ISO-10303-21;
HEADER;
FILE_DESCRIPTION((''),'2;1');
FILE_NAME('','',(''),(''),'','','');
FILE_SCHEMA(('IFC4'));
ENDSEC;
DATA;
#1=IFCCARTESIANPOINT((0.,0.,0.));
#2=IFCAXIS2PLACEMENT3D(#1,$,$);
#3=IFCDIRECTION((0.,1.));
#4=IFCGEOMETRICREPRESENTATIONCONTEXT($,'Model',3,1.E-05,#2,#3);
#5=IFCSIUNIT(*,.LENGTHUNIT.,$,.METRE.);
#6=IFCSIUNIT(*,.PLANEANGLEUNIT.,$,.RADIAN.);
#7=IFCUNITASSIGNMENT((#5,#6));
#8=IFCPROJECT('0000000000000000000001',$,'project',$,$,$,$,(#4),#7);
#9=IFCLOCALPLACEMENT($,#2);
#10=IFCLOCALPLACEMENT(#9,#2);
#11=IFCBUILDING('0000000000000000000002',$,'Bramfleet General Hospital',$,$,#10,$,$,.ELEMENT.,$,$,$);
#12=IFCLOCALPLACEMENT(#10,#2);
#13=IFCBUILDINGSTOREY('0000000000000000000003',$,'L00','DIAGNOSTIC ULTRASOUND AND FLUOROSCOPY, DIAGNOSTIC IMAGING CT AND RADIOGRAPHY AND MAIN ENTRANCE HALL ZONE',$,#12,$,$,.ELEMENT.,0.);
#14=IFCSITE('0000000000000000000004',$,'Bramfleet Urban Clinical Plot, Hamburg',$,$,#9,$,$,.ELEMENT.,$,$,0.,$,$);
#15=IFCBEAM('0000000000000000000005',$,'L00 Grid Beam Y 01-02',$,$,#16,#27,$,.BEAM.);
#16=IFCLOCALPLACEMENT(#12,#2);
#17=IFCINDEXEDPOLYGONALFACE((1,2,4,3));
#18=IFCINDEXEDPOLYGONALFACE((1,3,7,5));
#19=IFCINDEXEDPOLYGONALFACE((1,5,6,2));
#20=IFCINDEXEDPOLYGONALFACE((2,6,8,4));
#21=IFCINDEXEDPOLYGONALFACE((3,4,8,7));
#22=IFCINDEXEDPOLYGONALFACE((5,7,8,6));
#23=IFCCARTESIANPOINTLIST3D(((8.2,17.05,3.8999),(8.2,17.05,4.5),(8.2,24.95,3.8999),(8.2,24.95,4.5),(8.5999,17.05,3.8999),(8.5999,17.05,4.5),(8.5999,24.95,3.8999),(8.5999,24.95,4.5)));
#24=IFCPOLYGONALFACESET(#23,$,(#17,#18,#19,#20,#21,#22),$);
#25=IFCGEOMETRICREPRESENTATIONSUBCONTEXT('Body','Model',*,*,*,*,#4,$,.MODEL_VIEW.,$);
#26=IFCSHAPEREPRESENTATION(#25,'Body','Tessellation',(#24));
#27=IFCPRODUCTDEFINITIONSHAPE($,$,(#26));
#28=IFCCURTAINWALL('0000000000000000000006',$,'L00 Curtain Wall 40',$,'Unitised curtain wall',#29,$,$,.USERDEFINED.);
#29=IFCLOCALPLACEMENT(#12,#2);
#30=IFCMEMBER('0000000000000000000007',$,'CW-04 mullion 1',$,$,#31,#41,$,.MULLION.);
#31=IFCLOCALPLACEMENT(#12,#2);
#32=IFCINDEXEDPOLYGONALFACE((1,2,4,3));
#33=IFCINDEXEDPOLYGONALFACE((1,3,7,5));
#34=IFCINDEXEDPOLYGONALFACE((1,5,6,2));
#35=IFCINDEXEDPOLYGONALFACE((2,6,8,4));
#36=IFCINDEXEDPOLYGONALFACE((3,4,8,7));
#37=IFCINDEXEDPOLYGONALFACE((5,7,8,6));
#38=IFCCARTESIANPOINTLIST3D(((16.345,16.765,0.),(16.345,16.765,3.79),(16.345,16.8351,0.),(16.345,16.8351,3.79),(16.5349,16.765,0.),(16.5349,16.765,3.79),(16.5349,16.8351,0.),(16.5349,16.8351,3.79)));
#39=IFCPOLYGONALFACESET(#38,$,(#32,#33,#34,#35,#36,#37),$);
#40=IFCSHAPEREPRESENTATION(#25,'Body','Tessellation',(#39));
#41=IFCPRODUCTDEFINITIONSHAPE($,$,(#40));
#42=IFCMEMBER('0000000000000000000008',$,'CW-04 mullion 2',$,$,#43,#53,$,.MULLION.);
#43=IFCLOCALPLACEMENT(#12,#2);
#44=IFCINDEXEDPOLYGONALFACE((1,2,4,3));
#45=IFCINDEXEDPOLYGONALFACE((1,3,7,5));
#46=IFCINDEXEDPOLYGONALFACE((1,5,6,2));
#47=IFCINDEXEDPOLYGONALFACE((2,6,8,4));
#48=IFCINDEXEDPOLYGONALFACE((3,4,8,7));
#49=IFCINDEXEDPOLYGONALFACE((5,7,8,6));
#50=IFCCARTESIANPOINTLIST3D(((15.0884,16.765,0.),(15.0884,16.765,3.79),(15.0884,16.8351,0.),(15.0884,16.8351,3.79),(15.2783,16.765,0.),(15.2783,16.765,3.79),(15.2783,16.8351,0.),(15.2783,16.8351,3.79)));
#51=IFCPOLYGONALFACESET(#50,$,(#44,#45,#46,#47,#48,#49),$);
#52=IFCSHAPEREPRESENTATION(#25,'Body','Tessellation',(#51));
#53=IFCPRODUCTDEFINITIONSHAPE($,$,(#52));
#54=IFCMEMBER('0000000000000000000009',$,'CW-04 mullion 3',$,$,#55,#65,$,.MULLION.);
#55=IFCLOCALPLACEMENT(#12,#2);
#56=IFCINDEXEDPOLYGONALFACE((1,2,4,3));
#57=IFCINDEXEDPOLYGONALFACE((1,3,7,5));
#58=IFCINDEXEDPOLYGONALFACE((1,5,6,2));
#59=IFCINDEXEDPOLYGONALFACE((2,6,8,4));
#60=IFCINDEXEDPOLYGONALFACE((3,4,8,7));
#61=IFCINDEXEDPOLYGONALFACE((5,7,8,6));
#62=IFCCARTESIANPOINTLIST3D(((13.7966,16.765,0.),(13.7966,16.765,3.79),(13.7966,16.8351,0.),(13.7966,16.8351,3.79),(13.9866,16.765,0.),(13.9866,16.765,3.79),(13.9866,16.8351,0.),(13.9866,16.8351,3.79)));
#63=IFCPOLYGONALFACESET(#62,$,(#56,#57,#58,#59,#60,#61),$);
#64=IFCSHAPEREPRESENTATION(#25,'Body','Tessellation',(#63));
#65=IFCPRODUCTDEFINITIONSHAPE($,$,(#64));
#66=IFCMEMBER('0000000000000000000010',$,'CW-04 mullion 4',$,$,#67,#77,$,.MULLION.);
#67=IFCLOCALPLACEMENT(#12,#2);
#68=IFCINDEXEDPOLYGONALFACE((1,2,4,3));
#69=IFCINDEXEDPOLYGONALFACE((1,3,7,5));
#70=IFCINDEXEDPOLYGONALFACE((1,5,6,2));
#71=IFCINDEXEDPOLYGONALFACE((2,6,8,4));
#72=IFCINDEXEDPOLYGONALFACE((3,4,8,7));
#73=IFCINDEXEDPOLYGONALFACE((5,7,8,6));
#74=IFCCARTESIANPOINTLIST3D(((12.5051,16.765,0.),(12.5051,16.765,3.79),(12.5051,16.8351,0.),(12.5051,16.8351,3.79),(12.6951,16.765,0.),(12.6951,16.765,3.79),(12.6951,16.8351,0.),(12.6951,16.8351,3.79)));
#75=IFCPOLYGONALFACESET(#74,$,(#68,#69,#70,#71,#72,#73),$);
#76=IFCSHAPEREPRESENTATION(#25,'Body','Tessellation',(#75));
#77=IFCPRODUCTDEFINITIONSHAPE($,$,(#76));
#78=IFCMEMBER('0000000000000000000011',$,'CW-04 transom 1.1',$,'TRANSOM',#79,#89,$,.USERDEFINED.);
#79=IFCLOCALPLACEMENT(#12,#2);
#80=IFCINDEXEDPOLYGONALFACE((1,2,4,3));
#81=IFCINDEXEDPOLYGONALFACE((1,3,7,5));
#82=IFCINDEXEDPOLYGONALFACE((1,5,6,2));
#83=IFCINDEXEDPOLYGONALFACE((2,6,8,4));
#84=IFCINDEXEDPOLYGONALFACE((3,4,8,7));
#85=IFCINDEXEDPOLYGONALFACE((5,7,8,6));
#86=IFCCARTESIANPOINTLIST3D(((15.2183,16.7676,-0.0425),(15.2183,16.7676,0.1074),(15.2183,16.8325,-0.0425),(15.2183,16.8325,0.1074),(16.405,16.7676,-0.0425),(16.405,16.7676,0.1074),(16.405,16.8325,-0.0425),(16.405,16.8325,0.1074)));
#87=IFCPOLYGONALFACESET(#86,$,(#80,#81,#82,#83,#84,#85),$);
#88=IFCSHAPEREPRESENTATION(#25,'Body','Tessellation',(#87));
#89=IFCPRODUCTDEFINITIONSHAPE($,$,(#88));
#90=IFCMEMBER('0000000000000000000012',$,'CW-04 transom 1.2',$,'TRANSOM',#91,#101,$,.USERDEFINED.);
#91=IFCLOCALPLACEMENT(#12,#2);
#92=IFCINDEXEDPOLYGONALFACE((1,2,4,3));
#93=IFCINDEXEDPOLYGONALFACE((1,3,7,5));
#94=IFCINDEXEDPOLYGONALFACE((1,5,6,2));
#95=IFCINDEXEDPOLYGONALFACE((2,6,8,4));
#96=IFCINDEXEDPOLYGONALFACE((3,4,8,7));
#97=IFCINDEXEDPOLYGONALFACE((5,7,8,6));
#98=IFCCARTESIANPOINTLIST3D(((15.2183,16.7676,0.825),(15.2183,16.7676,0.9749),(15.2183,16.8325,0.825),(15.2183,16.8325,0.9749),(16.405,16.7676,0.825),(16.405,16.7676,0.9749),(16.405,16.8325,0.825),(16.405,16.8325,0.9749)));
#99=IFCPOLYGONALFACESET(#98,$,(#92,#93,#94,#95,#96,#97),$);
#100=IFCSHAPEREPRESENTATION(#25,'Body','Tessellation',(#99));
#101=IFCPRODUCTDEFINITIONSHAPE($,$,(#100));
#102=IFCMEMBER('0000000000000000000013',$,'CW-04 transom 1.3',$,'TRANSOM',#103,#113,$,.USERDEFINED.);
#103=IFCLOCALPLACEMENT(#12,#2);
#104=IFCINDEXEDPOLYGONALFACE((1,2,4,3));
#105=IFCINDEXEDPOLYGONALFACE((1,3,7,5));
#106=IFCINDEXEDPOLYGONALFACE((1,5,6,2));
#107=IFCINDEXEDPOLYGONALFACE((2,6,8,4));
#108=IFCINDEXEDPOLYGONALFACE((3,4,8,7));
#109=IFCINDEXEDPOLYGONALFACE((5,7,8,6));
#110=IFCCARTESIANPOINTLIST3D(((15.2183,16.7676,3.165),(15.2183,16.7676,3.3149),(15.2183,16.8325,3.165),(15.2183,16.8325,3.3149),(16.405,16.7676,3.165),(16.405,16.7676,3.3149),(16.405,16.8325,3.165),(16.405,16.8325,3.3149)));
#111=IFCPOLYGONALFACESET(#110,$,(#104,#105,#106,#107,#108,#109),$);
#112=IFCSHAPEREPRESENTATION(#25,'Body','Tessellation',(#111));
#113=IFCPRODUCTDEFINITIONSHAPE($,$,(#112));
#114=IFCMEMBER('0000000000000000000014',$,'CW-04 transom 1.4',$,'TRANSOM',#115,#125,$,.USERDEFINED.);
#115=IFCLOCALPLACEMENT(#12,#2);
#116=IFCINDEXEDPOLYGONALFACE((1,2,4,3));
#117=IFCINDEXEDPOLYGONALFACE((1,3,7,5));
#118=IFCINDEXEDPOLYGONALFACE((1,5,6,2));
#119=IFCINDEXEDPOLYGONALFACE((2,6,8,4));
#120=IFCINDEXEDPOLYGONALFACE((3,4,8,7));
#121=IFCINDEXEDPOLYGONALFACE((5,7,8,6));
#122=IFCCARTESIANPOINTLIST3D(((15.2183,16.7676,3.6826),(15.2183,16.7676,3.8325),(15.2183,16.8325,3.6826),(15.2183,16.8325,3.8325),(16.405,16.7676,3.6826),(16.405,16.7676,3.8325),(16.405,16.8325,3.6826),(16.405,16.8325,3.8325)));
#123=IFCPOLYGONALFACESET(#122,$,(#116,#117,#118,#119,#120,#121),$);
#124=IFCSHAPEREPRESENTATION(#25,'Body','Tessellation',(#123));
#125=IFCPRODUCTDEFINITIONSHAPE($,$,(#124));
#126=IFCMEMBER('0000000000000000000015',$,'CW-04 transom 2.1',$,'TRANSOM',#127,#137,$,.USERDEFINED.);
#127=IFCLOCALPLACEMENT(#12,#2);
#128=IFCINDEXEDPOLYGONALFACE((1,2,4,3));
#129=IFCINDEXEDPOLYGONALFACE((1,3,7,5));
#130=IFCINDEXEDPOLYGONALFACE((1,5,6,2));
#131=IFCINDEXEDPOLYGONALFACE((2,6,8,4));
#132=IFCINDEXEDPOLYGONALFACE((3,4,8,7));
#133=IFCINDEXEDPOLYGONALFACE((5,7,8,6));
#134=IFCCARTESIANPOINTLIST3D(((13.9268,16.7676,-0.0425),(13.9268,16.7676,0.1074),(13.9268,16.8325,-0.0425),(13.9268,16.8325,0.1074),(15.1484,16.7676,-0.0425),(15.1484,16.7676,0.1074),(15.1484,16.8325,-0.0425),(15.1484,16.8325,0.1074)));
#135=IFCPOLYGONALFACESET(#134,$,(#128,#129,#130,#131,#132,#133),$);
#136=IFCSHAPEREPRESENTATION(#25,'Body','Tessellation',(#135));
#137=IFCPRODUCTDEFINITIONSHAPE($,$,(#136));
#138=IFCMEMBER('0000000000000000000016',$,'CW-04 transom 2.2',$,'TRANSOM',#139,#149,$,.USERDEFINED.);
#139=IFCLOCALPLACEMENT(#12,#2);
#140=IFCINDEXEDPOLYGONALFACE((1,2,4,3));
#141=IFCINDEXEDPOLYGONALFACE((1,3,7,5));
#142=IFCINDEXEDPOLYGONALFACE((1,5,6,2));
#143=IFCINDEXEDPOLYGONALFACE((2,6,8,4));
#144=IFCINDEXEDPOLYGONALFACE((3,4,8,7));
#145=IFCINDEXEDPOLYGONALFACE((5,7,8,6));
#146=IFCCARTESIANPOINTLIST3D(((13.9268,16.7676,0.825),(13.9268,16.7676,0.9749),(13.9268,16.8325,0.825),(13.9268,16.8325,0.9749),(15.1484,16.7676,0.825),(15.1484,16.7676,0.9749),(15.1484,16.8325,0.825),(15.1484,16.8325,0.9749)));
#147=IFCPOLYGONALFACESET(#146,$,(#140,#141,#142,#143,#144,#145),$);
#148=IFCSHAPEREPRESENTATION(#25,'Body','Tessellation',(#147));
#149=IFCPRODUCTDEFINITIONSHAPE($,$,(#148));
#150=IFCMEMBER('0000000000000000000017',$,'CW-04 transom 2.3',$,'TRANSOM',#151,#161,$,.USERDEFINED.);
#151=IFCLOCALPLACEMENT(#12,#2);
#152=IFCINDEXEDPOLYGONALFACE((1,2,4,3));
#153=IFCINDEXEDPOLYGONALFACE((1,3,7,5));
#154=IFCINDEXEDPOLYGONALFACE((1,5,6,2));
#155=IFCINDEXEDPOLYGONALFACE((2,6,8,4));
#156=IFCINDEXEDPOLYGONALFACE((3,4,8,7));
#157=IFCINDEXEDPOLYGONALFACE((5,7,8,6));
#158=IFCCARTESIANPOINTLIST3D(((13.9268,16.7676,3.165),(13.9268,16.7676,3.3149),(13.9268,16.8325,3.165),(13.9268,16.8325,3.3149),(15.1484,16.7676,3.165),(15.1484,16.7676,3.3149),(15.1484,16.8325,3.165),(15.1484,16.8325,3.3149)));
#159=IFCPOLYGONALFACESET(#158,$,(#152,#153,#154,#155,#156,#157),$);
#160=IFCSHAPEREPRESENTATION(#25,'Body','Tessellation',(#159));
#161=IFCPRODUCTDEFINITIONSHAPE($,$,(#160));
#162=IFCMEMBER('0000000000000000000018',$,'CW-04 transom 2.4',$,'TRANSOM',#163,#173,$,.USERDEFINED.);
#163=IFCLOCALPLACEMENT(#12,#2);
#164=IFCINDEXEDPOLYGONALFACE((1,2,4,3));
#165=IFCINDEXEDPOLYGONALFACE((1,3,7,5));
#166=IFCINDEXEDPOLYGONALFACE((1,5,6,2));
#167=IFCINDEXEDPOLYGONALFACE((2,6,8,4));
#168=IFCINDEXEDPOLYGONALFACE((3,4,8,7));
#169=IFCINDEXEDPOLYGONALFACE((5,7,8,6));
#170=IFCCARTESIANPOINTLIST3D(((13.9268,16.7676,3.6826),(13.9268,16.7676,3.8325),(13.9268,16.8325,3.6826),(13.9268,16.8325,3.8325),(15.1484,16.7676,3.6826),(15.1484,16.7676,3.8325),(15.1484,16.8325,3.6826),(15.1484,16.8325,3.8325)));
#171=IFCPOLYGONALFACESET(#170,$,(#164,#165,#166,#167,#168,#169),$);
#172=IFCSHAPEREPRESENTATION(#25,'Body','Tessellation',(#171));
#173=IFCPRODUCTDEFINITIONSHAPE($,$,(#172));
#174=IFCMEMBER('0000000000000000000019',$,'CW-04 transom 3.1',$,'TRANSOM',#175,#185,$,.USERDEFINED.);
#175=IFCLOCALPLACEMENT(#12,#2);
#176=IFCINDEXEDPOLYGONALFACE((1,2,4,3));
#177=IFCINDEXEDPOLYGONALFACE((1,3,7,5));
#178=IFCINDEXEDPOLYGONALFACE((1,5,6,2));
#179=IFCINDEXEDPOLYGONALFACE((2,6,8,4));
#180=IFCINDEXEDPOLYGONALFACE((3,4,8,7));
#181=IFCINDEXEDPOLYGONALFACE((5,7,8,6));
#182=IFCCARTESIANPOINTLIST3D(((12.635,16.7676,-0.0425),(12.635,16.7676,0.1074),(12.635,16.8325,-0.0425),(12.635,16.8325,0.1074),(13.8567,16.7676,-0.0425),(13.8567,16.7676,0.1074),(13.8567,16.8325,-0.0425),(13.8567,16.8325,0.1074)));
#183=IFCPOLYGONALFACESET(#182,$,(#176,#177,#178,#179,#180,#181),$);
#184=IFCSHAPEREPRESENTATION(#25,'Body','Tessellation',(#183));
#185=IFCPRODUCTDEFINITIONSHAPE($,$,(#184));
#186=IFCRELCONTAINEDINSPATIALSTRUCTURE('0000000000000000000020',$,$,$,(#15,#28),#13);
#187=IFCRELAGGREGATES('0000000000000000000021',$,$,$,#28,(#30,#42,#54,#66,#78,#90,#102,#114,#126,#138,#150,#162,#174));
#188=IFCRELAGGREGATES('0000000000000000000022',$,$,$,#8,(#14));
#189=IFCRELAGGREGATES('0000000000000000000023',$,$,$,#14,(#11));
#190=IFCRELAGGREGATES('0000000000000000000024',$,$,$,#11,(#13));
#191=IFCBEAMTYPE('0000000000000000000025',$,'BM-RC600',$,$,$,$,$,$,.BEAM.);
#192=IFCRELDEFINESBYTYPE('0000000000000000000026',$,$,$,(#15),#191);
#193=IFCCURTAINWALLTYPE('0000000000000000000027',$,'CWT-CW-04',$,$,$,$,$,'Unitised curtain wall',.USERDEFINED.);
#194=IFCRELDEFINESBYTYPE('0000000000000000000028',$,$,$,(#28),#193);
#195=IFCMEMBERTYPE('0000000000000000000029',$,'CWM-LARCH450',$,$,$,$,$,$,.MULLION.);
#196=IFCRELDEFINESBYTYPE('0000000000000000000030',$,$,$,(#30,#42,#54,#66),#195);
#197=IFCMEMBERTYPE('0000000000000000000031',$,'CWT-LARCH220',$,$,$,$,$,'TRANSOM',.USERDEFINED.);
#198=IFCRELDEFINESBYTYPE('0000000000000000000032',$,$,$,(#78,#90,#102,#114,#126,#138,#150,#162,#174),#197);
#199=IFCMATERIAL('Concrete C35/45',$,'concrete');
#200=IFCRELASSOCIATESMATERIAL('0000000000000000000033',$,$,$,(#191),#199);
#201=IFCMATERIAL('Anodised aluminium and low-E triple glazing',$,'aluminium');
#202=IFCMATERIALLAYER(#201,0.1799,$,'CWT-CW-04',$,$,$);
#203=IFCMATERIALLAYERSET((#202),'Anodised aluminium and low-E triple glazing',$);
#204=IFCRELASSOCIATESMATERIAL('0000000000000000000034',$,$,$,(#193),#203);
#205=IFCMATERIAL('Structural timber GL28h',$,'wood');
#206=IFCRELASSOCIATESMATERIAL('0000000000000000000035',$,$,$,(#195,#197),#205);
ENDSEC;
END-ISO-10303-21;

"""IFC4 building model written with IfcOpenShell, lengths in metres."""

from ifc_helpers import new_model, si_unit, direction, frame, origin, origin_2d, place, context, subcontext, project, spatial, rectangle, extrude, material, layer, layer_set, material_profile, profile_set, type_object, element, aggregate, save


model = new_model("IFC4")

# Units and contexts
model_context = context("Model", 3, precision=1e-05, world=origin(), true_north=direction((0.0, 1.0)))
body_context = subcontext(model_context, "Body", "Model", "MODEL_VIEW")
ifc_project = project(units=[si_unit("LENGTHUNIT", "METRE"), si_unit("PLANEANGLEUNIT", "RADIAN")], contexts=[model_context])

# Site, building, storey
site_placement = place(None, origin())
site = spatial("IfcSite", under=ifc_project, at=site_placement, Name="Bramfleet Urban Clinical Plot, Hamburg", CompositionType="ELEMENT", RefElevation=0.0)
building_placement = place(site_placement, origin())
building = spatial("IfcBuilding", under=site, at=building_placement, Name="Bramfleet General Hospital", CompositionType="ELEMENT")
storey_placement = place(building_placement, origin())
storey = spatial("IfcBuildingStorey", under=building, at=storey_placement, Name="L00", Description="DIAGNOSTIC ULTRASOUND AND FLUOROSCOPY, DIAGNOSTIC IMAGING CT AND RADIOGRAPHY AND MAIN ENTRANCE HALL ZONE", CompositionType="ELEMENT", Elevation=0.0)

# Beam
ifc_material_1 = material(Name="Concrete C35/45", Category="concrete")
ifc_material_profile_1 = material_profile(ifc_material_1, rectangle(XDim=0.3999, YDim=0.6001, at=origin_2d()), Name="RC BM 600x400")
ifc_profile_set_1 = profile_set([ifc_material_profile_1], Name="Concrete C35/45")
beam_type = type_object("IfcBeamType", Name="BM-RC600", PredefinedType="BEAM", material=ifc_profile_set_1)
beam_placement = place(storey_placement, frame((8.3999, 17.05, 4.2), z_axis=(0.0, 1.0, 0.0), x_axis=(-1.0, 0.0, 0.0)))
element("IfcBeam", 1, at=beam_placement, inside=storey, type_object=beam_type, Name="L00 Grid Beam Y 01-02", PredefinedType="BEAM", context=body_context, shape_type="SweptSolid", body=[
    extrude(rectangle(XDim=0.3999, YDim=0.6001, at=origin_2d()), origin(), (0.0, 0.0, 1.0), 7.8999),
])

# Curtain wall, members
ifc_material_2 = material(Name="Anodised aluminium and low-E triple glazing", Category="aluminium")
ifc_layer_1 = layer(ifc_material_2, 0.1799, Name="CWT-CW-04")
ifc_layer_set_1 = layer_set([ifc_layer_1], Name="Anodised aluminium and low-E triple glazing")
curtain_wall_type = type_object("IfcCurtainWallType", Name="CWT-CW-04", ElementType="Unitised curtain wall", PredefinedType="USERDEFINED", material=ifc_layer_set_1)
curtain_wall_placement = place(storey_placement, origin())
curtain_wall = element("IfcCurtainWall", 2, at=curtain_wall_placement, inside=storey, type_object=curtain_wall_type, Name="L00 Curtain Wall 40", ObjectType="Unitised curtain wall", PredefinedType="USERDEFINED")
ifc_material_3 = material(Name="Structural timber GL28h", Category="wood")
ifc_material_profile_2 = material_profile(ifc_material_3, rectangle(XDim=0.0701, YDim=0.1899, at=origin_2d()), Name="LARCH 190x70")
ifc_profile_set_2 = profile_set([ifc_material_profile_2], Name="Structural timber GL28h")
member_type_1 = type_object("IfcMemberType", Name="CWM-LARCH450", PredefinedType="MULLION", material=ifc_profile_set_2)
member_1_placement = place(storey_placement, frame((16.4399, 16.8, 0.0), z_axis=(0.0, 0.0, 1.0), x_axis=(0.0, -1.0, 0.0)))
member_1 = element("IfcMember", 3, at=member_1_placement, type_object=member_type_1, Name="CW-04 mullion 1", PredefinedType="MULLION", context=body_context, shape_type="SweptSolid", body=[
    extrude(rectangle(XDim=0.0701, YDim=0.1899, at=origin_2d()), origin(), (0.0, 0.0, 1.0), 3.79),
])
member_2_placement = place(storey_placement, frame((15.1833, 16.8, 0.0), z_axis=(0.0, 0.0, 1.0), x_axis=(0.0, -1.0, 0.0)))
member_2 = element("IfcMember", 4, at=member_2_placement, type_object=member_type_1, Name="CW-04 mullion 2", PredefinedType="MULLION", context=body_context, shape_type="SweptSolid", body=[
    extrude(rectangle(XDim=0.0701, YDim=0.1899, at=origin_2d()), origin(), (0.0, 0.0, 1.0), 3.79),
])
member_3_placement = place(storey_placement, frame((13.8916, 16.8, 0.0), z_axis=(0.0, 0.0, 1.0), x_axis=(0.0, -1.0, 0.0)))
member_3 = element("IfcMember", 5, at=member_3_placement, type_object=member_type_1, Name="CW-04 mullion 3", PredefinedType="MULLION", context=body_context, shape_type="SweptSolid", body=[
    extrude(rectangle(XDim=0.0701, YDim=0.1899, at=origin_2d()), origin(), (0.0, 0.0, 1.0), 3.79),
])
member_4_placement = place(storey_placement, frame((12.6001, 16.8, 0.0), z_axis=(0.0, 0.0, 1.0), x_axis=(0.0, -1.0, 0.0)))
member_4 = element("IfcMember", 6, at=member_4_placement, type_object=member_type_1, Name="CW-04 mullion 4", PredefinedType="MULLION", context=body_context, shape_type="SweptSolid", body=[
    extrude(rectangle(XDim=0.0701, YDim=0.1899, at=origin_2d()), origin(), (0.0, 0.0, 1.0), 3.79),
])
ifc_material_profile_3 = material_profile(ifc_material_3, rectangle(XDim=0.0649, YDim=0.1499, at=origin_2d()), Name="LARCH 150x65")
ifc_profile_set_3 = profile_set([ifc_material_profile_3], Name="Structural timber GL28h")
member_type_2 = type_object("IfcMemberType", Name="CWT-LARCH220", ElementType="TRANSOM", PredefinedType="USERDEFINED", material=ifc_profile_set_3)
member_5_placement = place(storey_placement, frame((16.405, 16.8, 0.0325), z_axis=(-1.0, 0.0, 0.0), x_axis=(0.0, -1.0, 0.0)))
member_5 = element("IfcMember", 7, at=member_5_placement, type_object=member_type_2, Name="CW-04 transom 1.1", ObjectType="TRANSOM", PredefinedType="USERDEFINED", context=body_context, shape_type="SweptSolid", body=[
    extrude(rectangle(XDim=0.0649, YDim=0.1499, at=origin_2d()), origin(), (0.0, 0.0, 1.0), 1.1868),
])
member_6_placement = place(storey_placement, frame((16.405, 16.8, 0.8999), z_axis=(-1.0, 0.0, 0.0), x_axis=(0.0, -1.0, 0.0)))
member_6 = element("IfcMember", 8, at=member_6_placement, type_object=member_type_2, Name="CW-04 transom 1.2", ObjectType="TRANSOM", PredefinedType="USERDEFINED", context=body_context, shape_type="SweptSolid", body=[
    extrude(rectangle(XDim=0.0649, YDim=0.1499, at=origin_2d()), origin(), (0.0, 0.0, 1.0), 1.1868),
])
member_7_placement = place(storey_placement, frame((16.405, 16.8, 3.24), z_axis=(-1.0, 0.0, 0.0), x_axis=(0.0, -1.0, 0.0)))
member_7 = element("IfcMember", 9, at=member_7_placement, type_object=member_type_2, Name="CW-04 transom 1.3", ObjectType="TRANSOM", PredefinedType="USERDEFINED", context=body_context, shape_type="SweptSolid", body=[
    extrude(rectangle(XDim=0.0649, YDim=0.1499, at=origin_2d()), origin(), (0.0, 0.0, 1.0), 1.1868),
])
member_8_placement = place(storey_placement, frame((16.405, 16.8, 3.7576), z_axis=(-1.0, 0.0, 0.0), x_axis=(0.0, -1.0, 0.0)))
member_8 = element("IfcMember", 10, at=member_8_placement, type_object=member_type_2, Name="CW-04 transom 1.4", ObjectType="TRANSOM", PredefinedType="USERDEFINED", context=body_context, shape_type="SweptSolid", body=[
    extrude(rectangle(XDim=0.0649, YDim=0.1499, at=origin_2d()), origin(), (0.0, 0.0, 1.0), 1.1868),
])
member_9_placement = place(storey_placement, frame((15.1484, 16.8, 0.0325), z_axis=(-1.0, 0.0, 0.0), x_axis=(0.0, -1.0, 0.0)))
member_9 = element("IfcMember", 11, at=member_9_placement, type_object=member_type_2, Name="CW-04 transom 2.1", ObjectType="TRANSOM", PredefinedType="USERDEFINED", context=body_context, shape_type="SweptSolid", body=[
    extrude(rectangle(XDim=0.0649, YDim=0.1499, at=origin_2d()), origin(), (0.0, 0.0, 1.0), 1.2217),
])
member_10_placement = place(storey_placement, frame((15.1484, 16.8, 0.8999), z_axis=(-1.0, 0.0, 0.0), x_axis=(0.0, -1.0, 0.0)))
member_10 = element("IfcMember", 12, at=member_10_placement, type_object=member_type_2, Name="CW-04 transom 2.2", ObjectType="TRANSOM", PredefinedType="USERDEFINED", context=body_context, shape_type="SweptSolid", body=[
    extrude(rectangle(XDim=0.0649, YDim=0.1499, at=origin_2d()), origin(), (0.0, 0.0, 1.0), 1.2217),
])
member_11_placement = place(storey_placement, frame((15.1484, 16.8, 3.24), z_axis=(-1.0, 0.0, 0.0), x_axis=(0.0, -1.0, 0.0)))
member_11 = element("IfcMember", 13, at=member_11_placement, type_object=member_type_2, Name="CW-04 transom 2.3", ObjectType="TRANSOM", PredefinedType="USERDEFINED", context=body_context, shape_type="SweptSolid", body=[
    extrude(rectangle(XDim=0.0649, YDim=0.1499, at=origin_2d()), origin(), (0.0, 0.0, 1.0), 1.2217),
])
member_12_placement = place(storey_placement, frame((15.1484, 16.8, 3.7576), z_axis=(-1.0, 0.0, 0.0), x_axis=(0.0, -1.0, 0.0)))
member_12 = element("IfcMember", 14, at=member_12_placement, type_object=member_type_2, Name="CW-04 transom 2.4", ObjectType="TRANSOM", PredefinedType="USERDEFINED", context=body_context, shape_type="SweptSolid", body=[
    extrude(rectangle(XDim=0.0649, YDim=0.1499, at=origin_2d()), origin(), (0.0, 0.0, 1.0), 1.2217),
])
member_13_placement = place(storey_placement, frame((13.8567, 16.8, 0.0325), z_axis=(-1.0, 0.0, 0.0), x_axis=(0.0, -1.0, 0.0)))
member_13 = element("IfcMember", 15, at=member_13_placement, type_object=member_type_2, Name="CW-04 transom 3.1", ObjectType="TRANSOM", PredefinedType="USERDEFINED", context=body_context, shape_type="SweptSolid", body=[
    extrude(rectangle(XDim=0.0649, YDim=0.1499, at=origin_2d()), origin(), (0.0, 0.0, 1.0), 1.2217),
])
aggregate(curtain_wall, [member_1, member_2, member_3, member_4, member_5, member_6, member_7, member_8, member_9, member_10, member_11, member_12, member_13])

save(model, "model.ifc")
